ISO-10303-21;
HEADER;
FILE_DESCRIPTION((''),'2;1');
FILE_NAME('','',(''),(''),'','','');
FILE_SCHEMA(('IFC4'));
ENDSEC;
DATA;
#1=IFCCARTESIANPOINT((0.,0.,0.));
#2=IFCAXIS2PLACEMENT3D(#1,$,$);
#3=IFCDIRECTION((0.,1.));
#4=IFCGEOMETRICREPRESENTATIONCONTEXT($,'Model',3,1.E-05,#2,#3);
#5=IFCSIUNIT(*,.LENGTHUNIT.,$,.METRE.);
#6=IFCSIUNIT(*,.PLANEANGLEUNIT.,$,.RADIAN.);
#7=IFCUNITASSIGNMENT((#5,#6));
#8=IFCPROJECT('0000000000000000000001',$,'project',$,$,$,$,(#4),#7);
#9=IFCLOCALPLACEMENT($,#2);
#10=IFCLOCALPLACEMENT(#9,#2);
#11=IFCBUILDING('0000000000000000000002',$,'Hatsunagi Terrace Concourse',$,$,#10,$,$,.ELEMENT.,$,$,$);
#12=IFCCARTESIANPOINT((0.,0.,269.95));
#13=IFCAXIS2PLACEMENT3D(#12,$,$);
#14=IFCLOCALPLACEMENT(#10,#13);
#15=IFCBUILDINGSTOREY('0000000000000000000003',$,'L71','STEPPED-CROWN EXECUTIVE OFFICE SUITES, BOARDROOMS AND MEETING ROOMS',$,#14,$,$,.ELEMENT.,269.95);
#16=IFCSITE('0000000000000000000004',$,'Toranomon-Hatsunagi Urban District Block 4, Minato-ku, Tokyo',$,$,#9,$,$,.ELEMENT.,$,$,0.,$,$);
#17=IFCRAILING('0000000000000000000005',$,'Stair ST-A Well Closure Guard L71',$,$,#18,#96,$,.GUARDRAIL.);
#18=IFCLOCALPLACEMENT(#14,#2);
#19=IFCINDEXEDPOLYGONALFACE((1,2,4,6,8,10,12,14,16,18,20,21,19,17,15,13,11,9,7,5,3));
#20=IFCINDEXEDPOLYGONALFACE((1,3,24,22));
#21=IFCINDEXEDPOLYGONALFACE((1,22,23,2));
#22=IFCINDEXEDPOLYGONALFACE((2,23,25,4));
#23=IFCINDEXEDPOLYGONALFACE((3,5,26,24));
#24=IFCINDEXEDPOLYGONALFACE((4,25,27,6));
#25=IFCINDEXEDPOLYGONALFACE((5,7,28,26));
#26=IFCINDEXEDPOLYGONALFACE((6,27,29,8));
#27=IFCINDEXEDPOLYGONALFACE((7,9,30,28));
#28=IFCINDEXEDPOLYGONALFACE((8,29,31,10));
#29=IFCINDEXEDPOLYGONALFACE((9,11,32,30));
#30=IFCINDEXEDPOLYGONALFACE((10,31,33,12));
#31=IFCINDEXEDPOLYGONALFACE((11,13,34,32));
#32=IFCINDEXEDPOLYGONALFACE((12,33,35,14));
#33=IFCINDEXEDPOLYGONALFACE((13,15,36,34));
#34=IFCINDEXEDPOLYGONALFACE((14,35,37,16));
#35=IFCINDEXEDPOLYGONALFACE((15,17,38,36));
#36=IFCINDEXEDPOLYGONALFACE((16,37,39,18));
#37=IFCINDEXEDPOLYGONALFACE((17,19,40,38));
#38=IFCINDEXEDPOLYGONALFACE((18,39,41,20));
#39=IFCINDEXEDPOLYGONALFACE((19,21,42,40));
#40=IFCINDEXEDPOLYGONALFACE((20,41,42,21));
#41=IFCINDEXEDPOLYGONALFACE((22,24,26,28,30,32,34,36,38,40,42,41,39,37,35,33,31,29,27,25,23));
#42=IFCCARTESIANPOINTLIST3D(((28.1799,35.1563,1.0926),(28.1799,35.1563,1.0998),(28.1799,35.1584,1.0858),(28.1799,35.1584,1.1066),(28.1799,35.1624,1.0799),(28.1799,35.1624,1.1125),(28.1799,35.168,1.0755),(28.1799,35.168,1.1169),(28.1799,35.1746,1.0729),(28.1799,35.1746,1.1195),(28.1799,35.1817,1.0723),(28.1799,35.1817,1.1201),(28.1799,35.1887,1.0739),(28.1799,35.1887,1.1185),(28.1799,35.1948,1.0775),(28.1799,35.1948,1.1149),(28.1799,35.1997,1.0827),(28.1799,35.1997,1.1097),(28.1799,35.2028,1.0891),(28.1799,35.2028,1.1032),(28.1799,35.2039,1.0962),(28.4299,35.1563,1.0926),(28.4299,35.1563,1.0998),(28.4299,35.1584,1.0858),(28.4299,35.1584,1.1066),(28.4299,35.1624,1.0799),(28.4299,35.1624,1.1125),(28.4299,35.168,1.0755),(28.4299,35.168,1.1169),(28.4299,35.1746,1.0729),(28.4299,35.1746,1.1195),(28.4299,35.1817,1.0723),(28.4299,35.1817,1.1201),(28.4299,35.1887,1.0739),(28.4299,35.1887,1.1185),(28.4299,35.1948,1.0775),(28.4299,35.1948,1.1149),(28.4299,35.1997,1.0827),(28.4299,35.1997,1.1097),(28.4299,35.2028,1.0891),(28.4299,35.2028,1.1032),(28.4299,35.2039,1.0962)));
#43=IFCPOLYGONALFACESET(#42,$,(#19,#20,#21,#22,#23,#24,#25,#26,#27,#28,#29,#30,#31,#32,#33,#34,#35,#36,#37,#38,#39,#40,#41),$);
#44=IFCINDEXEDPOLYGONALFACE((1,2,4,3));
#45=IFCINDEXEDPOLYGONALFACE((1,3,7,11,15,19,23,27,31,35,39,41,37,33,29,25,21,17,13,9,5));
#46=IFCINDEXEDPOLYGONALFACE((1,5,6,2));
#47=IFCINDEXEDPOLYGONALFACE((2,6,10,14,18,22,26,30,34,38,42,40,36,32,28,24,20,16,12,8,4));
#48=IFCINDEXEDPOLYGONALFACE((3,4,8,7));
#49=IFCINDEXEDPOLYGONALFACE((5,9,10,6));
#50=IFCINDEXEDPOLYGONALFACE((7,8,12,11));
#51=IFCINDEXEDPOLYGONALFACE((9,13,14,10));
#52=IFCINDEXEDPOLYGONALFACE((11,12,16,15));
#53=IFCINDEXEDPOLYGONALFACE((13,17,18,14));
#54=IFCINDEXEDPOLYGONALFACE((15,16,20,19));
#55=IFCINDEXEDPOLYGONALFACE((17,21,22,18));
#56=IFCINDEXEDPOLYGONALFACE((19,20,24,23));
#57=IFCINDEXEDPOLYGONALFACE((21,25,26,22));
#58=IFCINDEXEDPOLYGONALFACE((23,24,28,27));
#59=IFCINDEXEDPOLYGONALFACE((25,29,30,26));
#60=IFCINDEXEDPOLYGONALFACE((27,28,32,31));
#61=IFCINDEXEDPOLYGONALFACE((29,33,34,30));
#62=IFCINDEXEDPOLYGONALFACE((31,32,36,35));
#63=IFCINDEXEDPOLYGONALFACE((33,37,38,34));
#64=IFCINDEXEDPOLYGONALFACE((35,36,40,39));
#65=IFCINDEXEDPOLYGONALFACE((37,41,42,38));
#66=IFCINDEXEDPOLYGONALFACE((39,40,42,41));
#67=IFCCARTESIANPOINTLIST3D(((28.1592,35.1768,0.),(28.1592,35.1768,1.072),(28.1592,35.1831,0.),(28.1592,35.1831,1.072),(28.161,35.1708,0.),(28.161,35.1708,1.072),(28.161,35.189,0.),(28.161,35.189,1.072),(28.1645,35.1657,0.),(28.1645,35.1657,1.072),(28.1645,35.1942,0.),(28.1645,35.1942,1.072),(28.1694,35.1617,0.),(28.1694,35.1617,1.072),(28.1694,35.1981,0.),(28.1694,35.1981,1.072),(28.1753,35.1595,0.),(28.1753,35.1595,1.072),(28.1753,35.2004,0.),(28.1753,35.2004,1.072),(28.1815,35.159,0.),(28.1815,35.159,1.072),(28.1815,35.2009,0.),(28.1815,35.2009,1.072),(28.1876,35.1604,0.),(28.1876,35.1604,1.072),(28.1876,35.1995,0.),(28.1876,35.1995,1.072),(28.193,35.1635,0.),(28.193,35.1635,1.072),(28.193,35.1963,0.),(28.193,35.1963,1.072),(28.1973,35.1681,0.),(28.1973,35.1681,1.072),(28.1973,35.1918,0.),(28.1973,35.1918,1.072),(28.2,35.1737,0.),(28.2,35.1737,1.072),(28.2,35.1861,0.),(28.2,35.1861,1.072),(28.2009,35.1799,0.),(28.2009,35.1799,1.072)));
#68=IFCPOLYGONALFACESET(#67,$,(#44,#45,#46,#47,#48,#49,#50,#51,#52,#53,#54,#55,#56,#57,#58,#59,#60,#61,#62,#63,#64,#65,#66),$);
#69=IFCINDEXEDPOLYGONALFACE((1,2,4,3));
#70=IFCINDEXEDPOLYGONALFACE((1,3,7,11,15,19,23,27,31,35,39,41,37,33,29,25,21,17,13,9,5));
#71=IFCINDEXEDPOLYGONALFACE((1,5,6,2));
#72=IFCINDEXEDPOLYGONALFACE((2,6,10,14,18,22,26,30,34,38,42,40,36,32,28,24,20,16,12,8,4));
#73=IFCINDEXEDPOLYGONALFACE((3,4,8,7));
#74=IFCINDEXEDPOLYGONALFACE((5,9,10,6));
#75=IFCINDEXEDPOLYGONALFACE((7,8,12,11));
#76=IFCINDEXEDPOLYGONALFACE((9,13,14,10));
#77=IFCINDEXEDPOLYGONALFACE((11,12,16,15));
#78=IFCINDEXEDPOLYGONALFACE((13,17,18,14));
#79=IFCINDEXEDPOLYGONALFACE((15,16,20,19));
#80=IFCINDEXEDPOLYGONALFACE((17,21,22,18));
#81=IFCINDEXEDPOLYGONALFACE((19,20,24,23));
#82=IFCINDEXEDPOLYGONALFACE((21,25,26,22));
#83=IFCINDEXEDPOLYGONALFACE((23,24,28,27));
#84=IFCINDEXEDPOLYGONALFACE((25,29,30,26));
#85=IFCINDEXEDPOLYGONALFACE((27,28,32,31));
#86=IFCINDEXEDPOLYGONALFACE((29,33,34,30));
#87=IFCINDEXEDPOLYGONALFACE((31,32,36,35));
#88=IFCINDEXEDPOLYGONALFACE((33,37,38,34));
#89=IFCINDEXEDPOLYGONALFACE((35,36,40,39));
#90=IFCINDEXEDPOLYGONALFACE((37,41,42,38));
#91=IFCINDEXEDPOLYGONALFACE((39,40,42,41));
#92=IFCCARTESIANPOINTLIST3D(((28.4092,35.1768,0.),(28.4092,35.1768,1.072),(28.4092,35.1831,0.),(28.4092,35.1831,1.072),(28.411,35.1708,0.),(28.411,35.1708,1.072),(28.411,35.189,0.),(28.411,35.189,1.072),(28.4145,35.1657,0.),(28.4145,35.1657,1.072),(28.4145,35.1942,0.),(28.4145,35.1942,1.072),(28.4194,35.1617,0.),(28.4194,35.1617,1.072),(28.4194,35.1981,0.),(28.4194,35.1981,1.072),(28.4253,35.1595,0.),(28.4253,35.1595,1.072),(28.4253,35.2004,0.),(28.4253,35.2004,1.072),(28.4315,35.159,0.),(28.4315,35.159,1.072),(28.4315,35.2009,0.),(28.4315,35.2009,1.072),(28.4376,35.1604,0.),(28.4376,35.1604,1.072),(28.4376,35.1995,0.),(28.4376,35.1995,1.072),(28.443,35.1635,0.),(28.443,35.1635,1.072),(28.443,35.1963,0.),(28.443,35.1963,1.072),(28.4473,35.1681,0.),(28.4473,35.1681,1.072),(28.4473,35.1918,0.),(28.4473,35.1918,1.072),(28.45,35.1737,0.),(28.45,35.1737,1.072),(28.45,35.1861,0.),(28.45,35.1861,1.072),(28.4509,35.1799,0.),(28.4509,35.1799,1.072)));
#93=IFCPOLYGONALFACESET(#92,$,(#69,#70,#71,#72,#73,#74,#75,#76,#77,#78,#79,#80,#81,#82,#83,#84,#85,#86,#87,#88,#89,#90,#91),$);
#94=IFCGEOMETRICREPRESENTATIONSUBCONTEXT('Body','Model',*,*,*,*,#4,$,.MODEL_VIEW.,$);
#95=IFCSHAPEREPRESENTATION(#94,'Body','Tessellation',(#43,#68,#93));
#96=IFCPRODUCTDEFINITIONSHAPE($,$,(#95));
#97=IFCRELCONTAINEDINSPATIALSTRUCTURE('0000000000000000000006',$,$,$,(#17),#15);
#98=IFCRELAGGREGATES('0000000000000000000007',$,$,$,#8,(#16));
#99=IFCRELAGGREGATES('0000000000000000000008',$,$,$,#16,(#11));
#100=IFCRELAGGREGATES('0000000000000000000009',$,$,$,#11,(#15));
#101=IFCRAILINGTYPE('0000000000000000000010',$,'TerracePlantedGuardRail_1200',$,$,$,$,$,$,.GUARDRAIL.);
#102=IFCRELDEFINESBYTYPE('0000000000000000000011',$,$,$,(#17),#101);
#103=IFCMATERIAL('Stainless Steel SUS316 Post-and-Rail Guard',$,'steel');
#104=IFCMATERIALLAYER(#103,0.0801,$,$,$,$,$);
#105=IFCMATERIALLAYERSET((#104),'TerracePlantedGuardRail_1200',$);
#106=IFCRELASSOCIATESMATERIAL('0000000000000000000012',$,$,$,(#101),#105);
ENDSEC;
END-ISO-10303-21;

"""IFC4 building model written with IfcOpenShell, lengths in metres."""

from ifc_helpers import new_model, si_unit, direction, frame, origin, origin_2d, place, context, subcontext, project, spatial, circle, extrude, material, layer, layer_set, type_object, element, save


model = new_model("IFC4")

# Units and contexts
model_context = context("Model", 3, precision=1e-05, world=origin(), true_north=direction((0.0, 1.0)))
body_context = subcontext(model_context, "Body", "Model", "MODEL_VIEW")
ifc_project = project(units=[si_unit("LENGTHUNIT", "METRE"), si_unit("PLANEANGLEUNIT", "RADIAN")], contexts=[model_context])

# Site, building, storey
site_placement = place(None, origin())
site = spatial("IfcSite", under=ifc_project, at=site_placement, Name="Toranomon-Hatsunagi Urban District Block 4, Minato-ku, Tokyo", CompositionType="ELEMENT", RefElevation=0.0)
building_placement = place(site_placement, origin())
building = spatial("IfcBuilding", under=site, at=building_placement, Name="Hatsunagi Terrace Concourse", CompositionType="ELEMENT")
storey_placement = place(building_placement, frame((0.0, 0.0, 269.95)))
storey = spatial("IfcBuildingStorey", under=building, at=storey_placement, Name="L71", Description="STEPPED-CROWN EXECUTIVE OFFICE SUITES, BOARDROOMS AND MEETING ROOMS", CompositionType="ELEMENT", Elevation=269.95)

# Railing
ifc_material_1 = material(Name="Stainless Steel SUS316 Post-and-Rail Guard", Category="steel")
ifc_layer_1 = layer(ifc_material_1, 0.0801)
ifc_layer_set_1 = layer_set([ifc_layer_1], Name="TerracePlantedGuardRail_1200")
railing_type_1 = type_object("IfcRailingType", Name="TerracePlantedGuardRail_1200", PredefinedType="GUARDRAIL", material=ifc_layer_set_1)
railing_1_placement = place(storey_placement, frame((28.1799, 35.1799, 0.0)))
element("IfcRailing", 1, at=railing_1_placement, inside=storey, type_object=railing_type_1, Name="Stair ST-A Well Closure Guard L71", PredefinedType="GUARDRAIL", context=body_context, shape_type="SweptSolid", body=[
    extrude(circle(Radius=0.0239, at=origin_2d()), frame((0.0, 0.0, 1.0962), z_axis=(1.0, 0.0, 0.0), x_axis=(0.0, 1.0, 0.0)), (0.0, 0.0, 1.0), 0.25),
    extrude(circle(Radius=0.021, at=origin_2d()), origin(), (0.0, 0.0, 1.0), 1.072),
    extrude(circle(Radius=0.021, at=origin_2d()), frame((0.25, 0.0, 0.0)), (0.0, 0.0, 1.0), 1.072),
])

save(model, "model.ifc")
